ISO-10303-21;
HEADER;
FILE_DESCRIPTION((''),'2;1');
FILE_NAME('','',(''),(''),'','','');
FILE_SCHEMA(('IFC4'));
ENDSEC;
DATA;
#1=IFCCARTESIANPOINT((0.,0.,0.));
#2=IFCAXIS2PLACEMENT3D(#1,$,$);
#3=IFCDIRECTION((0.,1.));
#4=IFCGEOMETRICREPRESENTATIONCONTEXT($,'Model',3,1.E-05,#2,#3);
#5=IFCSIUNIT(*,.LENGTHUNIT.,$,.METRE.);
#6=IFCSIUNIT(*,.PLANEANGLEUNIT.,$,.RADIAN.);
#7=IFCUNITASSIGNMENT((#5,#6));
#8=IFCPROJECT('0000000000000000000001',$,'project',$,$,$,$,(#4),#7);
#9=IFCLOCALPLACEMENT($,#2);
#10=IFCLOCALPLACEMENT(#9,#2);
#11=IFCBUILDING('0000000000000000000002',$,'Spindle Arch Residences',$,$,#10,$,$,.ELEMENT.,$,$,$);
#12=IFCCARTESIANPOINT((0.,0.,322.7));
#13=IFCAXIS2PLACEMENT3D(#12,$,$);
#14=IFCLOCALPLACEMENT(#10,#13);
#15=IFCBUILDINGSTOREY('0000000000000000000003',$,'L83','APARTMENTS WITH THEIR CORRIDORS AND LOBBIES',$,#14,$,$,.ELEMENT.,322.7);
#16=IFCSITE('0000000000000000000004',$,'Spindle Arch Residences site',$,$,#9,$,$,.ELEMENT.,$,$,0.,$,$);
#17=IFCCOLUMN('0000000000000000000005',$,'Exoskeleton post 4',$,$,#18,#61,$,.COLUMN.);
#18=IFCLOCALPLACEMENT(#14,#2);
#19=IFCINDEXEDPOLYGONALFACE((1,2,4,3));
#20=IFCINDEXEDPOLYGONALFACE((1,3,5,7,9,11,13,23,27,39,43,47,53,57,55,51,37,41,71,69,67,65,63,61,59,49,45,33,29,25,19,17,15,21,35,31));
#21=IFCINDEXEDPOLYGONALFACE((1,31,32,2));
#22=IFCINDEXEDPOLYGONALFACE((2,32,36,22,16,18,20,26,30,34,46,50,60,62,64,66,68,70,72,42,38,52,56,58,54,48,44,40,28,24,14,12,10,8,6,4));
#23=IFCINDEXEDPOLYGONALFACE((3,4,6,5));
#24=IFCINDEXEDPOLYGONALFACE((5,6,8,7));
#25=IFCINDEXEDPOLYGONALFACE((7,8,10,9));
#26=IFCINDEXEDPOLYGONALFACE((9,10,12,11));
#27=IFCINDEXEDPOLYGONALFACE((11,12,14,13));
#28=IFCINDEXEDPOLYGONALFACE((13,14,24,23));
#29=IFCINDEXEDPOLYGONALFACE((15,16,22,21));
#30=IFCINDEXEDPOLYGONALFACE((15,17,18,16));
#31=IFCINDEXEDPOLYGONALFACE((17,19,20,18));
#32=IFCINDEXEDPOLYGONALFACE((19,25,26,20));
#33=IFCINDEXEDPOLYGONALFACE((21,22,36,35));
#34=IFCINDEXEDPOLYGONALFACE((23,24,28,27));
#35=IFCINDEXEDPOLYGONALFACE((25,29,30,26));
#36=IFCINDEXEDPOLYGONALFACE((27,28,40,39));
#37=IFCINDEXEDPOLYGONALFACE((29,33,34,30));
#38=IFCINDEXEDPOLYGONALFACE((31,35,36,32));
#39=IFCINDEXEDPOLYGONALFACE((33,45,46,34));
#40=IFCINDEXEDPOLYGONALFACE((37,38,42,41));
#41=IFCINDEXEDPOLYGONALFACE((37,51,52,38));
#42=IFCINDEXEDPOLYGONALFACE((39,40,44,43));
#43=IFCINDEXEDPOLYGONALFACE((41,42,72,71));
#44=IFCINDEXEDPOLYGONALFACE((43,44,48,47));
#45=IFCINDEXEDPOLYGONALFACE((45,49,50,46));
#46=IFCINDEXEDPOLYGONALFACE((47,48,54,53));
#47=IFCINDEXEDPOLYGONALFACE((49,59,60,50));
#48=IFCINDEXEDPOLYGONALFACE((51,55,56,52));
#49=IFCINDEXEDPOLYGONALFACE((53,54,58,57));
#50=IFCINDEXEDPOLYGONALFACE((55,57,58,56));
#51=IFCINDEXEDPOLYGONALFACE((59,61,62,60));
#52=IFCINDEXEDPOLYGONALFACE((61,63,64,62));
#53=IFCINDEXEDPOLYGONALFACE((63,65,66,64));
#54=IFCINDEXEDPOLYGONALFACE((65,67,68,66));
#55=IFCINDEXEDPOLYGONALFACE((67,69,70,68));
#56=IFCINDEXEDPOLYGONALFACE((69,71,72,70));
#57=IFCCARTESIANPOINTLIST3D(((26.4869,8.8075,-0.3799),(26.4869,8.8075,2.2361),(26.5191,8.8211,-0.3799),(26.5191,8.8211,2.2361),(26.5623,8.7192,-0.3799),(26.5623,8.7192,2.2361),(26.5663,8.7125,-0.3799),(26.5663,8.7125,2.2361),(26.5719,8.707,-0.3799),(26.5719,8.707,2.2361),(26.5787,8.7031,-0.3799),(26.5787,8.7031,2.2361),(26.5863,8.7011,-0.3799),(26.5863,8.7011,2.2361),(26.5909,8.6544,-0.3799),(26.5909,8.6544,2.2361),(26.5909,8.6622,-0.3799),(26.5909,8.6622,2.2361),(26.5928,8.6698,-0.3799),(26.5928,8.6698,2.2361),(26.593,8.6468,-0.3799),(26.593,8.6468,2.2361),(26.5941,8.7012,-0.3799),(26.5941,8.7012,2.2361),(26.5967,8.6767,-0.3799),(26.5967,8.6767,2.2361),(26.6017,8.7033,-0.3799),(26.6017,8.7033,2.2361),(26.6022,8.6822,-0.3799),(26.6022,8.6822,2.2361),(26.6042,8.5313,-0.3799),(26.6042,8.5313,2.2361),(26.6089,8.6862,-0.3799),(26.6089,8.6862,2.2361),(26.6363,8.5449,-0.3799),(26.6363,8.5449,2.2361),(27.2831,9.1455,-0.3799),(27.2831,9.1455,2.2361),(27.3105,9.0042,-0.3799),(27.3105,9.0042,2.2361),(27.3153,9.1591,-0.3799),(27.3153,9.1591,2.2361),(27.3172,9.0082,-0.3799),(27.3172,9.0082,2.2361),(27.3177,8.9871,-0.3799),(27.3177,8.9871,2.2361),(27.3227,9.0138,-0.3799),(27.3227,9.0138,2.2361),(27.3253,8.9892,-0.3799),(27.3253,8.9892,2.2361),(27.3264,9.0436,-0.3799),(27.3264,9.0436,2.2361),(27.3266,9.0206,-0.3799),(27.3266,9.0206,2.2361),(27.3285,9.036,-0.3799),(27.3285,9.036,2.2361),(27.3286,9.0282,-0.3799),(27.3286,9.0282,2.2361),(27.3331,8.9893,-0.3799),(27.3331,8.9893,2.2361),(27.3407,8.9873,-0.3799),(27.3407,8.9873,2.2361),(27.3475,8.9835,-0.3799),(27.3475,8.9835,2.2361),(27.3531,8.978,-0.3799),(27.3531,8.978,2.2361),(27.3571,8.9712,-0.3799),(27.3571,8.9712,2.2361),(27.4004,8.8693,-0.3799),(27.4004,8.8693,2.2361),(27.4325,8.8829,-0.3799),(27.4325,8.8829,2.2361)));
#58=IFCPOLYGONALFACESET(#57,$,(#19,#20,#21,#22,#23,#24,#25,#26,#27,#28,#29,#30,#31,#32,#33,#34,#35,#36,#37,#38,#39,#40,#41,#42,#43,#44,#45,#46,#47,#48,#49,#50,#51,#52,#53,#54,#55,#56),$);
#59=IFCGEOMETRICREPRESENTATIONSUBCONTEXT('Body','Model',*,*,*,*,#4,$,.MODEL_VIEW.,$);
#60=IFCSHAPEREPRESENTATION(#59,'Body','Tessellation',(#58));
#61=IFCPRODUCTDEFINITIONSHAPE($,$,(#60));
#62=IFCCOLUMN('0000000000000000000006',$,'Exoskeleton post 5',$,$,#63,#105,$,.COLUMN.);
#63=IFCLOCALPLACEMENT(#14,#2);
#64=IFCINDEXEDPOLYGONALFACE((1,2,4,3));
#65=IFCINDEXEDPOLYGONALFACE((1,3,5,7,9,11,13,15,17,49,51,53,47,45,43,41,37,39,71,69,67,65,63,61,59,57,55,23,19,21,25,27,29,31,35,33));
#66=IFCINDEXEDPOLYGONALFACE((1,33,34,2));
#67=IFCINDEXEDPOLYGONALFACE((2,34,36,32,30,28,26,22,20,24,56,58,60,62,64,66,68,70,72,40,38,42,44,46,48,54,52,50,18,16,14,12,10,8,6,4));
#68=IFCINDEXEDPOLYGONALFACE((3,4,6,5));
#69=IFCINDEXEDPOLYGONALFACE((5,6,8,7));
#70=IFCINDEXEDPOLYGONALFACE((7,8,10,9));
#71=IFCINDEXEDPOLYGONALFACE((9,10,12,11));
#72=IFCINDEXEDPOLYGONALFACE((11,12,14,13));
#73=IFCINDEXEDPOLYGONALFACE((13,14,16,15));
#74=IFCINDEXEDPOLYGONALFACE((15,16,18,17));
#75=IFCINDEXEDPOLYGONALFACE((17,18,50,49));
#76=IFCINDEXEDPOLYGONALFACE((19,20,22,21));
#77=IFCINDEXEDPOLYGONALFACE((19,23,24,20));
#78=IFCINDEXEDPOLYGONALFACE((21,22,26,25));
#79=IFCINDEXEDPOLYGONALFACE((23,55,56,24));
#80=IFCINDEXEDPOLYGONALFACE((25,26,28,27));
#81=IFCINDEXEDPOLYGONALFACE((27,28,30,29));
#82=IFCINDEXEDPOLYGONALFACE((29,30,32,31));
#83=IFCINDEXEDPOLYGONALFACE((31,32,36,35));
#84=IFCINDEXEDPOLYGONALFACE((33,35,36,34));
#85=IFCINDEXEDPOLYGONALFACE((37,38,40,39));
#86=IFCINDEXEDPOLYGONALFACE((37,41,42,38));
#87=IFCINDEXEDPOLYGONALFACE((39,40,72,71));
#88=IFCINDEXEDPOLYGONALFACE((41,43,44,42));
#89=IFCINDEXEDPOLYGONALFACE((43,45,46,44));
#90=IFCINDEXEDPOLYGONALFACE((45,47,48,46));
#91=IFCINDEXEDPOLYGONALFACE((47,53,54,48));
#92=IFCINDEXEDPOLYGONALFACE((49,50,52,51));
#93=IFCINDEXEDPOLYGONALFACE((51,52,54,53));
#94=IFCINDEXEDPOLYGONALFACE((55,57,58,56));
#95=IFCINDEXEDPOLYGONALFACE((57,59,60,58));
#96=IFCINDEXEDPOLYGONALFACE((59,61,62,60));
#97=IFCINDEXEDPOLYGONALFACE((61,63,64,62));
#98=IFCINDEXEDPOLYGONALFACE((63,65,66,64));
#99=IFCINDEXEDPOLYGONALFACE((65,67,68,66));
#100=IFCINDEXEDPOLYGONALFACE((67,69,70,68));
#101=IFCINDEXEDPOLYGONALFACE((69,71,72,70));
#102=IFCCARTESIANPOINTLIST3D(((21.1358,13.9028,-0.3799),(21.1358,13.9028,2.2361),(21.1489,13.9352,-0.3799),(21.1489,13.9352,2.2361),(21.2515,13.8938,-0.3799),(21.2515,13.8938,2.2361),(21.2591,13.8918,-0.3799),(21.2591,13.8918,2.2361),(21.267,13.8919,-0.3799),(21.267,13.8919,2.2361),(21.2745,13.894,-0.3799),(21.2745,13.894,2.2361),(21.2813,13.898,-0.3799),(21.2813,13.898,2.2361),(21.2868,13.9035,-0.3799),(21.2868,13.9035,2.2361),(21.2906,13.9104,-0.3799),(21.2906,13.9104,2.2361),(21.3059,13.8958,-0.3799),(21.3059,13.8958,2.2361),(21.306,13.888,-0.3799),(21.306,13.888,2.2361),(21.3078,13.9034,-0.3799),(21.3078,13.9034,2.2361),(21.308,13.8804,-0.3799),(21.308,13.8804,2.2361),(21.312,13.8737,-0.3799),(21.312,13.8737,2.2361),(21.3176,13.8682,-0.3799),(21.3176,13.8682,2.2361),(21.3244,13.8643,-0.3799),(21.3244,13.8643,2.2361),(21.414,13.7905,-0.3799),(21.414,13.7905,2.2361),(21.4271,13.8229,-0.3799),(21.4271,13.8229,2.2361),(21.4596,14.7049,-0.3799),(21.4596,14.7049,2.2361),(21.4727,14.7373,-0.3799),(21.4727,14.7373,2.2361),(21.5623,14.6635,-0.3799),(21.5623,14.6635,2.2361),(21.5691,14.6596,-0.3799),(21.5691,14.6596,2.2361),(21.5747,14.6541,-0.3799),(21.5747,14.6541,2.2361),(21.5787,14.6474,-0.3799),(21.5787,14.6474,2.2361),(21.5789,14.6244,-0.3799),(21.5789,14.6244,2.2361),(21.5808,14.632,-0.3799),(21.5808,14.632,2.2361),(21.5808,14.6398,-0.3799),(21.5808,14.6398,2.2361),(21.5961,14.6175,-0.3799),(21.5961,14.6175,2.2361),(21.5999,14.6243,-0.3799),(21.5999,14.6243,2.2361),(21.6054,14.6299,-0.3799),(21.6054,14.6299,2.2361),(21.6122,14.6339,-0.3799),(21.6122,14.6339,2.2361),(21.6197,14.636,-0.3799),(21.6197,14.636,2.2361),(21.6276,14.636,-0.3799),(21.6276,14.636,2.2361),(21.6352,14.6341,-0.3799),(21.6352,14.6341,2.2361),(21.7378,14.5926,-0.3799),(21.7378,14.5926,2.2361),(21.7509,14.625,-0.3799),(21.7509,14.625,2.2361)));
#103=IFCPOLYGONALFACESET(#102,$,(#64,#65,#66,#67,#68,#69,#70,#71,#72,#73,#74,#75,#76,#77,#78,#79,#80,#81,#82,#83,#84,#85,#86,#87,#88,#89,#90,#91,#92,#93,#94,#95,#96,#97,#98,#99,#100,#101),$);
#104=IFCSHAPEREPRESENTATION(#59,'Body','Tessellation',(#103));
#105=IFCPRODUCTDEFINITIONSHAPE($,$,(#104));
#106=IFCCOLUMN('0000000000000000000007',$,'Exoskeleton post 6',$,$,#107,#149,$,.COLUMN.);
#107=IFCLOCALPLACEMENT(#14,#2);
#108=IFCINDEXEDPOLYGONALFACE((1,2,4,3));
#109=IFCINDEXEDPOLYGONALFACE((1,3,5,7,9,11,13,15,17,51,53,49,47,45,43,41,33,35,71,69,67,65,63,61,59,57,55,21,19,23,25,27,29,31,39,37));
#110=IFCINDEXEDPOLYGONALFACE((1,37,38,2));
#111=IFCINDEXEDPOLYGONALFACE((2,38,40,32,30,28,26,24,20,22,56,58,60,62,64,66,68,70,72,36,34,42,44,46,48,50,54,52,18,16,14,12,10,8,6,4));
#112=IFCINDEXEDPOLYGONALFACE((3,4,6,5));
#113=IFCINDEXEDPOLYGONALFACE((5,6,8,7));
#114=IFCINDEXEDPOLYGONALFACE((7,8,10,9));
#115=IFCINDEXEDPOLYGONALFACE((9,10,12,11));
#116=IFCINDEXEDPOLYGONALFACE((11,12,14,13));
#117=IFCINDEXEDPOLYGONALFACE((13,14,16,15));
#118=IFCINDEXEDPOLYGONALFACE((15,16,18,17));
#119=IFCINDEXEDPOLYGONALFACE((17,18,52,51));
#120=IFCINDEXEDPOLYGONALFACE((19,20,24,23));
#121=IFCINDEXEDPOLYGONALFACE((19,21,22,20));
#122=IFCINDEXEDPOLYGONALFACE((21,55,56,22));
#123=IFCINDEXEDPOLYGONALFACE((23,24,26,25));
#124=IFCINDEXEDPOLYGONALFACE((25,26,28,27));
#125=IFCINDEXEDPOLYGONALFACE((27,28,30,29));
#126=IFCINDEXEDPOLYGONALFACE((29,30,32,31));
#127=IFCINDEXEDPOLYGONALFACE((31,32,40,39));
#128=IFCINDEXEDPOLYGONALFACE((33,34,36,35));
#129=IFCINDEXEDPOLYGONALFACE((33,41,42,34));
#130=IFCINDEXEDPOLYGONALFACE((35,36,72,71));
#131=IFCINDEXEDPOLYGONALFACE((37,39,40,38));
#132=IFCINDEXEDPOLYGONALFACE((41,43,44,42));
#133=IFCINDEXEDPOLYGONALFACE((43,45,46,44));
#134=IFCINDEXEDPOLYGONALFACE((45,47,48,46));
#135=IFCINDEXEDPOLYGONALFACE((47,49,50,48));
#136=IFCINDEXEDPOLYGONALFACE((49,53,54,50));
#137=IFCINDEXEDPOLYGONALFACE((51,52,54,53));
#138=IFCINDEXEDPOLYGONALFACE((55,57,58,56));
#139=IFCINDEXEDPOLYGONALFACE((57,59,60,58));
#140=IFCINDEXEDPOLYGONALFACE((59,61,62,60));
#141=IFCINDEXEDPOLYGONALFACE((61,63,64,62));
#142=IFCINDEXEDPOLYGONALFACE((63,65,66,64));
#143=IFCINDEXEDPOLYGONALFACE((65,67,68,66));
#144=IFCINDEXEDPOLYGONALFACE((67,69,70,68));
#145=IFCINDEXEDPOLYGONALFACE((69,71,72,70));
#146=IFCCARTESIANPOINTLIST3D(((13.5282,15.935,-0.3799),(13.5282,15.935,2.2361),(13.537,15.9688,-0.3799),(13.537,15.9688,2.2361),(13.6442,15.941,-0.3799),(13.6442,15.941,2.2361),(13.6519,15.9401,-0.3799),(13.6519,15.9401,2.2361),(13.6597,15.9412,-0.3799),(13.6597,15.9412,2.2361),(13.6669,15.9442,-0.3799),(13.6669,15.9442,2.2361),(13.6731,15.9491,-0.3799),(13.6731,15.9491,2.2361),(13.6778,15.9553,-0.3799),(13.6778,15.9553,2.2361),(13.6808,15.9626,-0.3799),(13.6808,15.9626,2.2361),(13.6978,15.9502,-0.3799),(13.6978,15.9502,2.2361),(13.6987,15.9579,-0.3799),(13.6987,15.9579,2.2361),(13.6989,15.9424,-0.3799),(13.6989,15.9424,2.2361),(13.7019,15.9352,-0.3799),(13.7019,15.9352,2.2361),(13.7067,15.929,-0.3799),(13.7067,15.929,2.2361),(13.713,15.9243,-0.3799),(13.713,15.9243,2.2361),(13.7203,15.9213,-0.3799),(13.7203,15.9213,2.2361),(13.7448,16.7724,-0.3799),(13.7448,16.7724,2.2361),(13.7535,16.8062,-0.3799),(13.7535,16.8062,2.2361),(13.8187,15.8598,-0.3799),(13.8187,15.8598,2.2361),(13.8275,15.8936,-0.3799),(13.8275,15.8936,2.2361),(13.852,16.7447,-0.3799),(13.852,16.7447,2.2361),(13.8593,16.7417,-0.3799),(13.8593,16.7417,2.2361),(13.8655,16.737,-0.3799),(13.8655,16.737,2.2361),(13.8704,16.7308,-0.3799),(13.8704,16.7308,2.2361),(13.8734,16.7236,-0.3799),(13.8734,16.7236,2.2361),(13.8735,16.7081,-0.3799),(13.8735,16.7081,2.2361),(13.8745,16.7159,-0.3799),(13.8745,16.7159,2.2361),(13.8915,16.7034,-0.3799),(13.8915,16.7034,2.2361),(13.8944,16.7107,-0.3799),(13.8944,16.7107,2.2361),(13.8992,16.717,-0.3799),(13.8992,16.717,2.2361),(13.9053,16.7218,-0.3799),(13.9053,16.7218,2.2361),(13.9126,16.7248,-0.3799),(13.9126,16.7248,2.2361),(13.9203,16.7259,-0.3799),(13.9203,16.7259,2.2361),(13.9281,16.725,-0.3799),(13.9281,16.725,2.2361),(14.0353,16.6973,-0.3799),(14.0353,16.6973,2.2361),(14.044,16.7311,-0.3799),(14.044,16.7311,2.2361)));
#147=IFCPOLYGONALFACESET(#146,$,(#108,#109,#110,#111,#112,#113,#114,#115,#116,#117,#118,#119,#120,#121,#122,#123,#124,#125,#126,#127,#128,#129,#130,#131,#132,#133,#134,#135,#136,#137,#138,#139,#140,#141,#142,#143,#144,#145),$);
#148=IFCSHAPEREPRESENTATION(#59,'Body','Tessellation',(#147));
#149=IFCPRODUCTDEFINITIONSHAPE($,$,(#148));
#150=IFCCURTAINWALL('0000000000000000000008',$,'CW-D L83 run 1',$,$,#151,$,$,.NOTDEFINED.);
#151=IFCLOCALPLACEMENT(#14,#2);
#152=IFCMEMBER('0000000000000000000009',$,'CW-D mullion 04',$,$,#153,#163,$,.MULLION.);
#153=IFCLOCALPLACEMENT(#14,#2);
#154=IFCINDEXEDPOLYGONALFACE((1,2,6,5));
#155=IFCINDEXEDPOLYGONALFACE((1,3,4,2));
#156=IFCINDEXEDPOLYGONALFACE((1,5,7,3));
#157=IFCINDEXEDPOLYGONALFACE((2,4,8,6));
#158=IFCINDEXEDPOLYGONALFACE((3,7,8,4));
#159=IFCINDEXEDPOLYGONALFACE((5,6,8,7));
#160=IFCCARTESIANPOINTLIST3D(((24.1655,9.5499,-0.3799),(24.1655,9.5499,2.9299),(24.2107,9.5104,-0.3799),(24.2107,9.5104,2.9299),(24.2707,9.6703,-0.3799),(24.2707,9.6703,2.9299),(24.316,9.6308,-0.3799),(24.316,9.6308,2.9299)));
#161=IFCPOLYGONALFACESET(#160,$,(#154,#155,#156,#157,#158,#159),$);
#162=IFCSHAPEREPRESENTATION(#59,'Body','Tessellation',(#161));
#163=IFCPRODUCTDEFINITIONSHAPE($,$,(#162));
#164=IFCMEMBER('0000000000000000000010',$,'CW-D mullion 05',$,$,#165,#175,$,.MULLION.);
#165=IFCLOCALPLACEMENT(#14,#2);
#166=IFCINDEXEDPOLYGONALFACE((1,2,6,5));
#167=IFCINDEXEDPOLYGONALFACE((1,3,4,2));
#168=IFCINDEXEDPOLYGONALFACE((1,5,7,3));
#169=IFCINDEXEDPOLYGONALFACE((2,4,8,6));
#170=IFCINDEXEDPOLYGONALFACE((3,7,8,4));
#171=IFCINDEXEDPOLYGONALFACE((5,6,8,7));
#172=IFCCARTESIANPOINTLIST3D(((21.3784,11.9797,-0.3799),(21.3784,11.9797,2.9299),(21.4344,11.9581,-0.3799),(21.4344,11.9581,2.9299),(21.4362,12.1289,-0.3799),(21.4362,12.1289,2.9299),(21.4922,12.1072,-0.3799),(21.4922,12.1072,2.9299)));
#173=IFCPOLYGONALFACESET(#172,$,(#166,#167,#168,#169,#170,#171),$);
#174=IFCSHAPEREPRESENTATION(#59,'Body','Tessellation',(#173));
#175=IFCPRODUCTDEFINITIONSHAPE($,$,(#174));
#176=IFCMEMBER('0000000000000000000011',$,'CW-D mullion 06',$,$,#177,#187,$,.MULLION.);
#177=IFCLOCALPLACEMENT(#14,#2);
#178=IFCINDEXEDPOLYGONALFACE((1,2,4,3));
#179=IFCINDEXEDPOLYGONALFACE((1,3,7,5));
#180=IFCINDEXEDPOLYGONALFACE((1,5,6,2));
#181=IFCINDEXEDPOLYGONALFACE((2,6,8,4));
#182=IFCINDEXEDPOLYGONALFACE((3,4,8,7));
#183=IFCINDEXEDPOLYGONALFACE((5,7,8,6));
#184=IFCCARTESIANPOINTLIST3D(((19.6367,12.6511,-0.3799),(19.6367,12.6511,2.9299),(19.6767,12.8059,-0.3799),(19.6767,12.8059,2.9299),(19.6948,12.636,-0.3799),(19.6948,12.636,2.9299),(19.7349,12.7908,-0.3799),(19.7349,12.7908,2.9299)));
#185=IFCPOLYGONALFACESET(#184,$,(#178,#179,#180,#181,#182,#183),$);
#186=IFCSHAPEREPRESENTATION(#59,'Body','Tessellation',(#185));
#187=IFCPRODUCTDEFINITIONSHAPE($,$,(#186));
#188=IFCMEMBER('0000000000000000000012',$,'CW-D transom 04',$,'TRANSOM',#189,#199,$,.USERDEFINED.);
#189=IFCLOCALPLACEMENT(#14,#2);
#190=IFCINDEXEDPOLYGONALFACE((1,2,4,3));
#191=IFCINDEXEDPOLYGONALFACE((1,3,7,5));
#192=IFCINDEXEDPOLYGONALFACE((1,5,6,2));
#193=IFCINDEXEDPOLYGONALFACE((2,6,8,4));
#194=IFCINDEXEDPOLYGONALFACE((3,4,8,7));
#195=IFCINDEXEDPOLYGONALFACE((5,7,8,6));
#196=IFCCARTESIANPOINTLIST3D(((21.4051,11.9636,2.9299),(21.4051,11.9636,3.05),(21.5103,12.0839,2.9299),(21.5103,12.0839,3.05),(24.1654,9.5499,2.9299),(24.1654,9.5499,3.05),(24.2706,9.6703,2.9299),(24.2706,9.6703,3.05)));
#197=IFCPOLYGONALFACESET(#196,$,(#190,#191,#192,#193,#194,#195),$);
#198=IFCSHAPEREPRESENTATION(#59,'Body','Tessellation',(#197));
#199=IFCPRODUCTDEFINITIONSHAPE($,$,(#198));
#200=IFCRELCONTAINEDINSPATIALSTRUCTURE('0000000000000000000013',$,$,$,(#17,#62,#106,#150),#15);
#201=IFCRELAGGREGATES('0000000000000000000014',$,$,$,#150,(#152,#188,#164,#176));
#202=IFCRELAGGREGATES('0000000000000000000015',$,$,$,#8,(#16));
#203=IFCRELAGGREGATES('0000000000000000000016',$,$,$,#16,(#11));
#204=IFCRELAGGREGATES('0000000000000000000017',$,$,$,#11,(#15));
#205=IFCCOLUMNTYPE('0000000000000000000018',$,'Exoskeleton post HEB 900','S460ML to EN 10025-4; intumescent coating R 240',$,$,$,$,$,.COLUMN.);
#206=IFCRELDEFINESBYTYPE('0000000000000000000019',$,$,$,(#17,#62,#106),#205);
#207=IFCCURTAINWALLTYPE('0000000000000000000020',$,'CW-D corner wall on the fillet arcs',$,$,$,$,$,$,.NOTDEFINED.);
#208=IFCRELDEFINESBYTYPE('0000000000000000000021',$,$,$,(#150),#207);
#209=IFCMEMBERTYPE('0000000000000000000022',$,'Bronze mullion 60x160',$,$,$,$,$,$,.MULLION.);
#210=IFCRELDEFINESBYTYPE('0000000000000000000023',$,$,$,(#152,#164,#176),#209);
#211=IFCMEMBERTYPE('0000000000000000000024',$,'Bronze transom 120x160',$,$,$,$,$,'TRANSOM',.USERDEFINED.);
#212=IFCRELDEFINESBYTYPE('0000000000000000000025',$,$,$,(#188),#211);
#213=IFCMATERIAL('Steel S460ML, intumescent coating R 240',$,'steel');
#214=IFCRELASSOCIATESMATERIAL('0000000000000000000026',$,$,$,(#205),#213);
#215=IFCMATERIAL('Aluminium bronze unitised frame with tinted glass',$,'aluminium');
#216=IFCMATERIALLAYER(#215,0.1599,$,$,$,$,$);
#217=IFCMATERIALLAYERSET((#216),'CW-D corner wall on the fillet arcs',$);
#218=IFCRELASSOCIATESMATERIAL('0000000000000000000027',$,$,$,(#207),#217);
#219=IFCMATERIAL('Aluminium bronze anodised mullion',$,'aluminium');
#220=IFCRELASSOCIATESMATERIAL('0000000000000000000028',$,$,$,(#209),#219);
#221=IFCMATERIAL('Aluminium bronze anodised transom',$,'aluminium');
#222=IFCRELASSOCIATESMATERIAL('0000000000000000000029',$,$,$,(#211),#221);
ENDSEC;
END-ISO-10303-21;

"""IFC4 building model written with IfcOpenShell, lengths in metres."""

from ifc_helpers import new_model, si_unit, direction, frame, origin, origin_2d, place, context, subcontext, project, spatial, rectangle, i_section, extrude, material, layer, layer_set, material_profile, profile_set, type_object, element, aggregate, save


model = new_model("IFC4")

# Units and contexts
model_context = context("Model", 3, precision=1e-05, world=origin(), true_north=direction((0.0, 1.0)))
body_context = subcontext(model_context, "Body", "Model", "MODEL_VIEW")
ifc_project = project(units=[si_unit("LENGTHUNIT", "METRE"), si_unit("PLANEANGLEUNIT", "RADIAN")], contexts=[model_context])

# Site, building, storey
site_placement = place(None, origin())
site = spatial("IfcSite", under=ifc_project, at=site_placement, Name="Spindle Arch Residences site", CompositionType="ELEMENT", RefElevation=0.0)
building_placement = place(site_placement, origin())
building = spatial("IfcBuilding", under=site, at=building_placement, Name="Spindle Arch Residences", CompositionType="ELEMENT")
storey_placement = place(building_placement, frame((0.0, 0.0, 322.7)))
storey = spatial("IfcBuildingStorey", under=building, at=storey_placement, Name="L83", Description="APARTMENTS WITH THEIR CORRIDORS AND LOBBIES", CompositionType="ELEMENT", Elevation=322.7)

# Columns
ifc_material_1 = material(Name="Steel S460ML, intumescent coating R 240", Category="steel")
ifc_material_profile_1 = material_profile(ifc_material_1, i_section(OverallWidth=0.3, OverallDepth=0.8999, WebThickness=0.0186, FlangeThickness=0.0349, FilletRadius=0.03, at=origin_2d()), Name="HEB 900")
ifc_profile_set_1 = profile_set([ifc_material_profile_1], Name="Steel S460ML, intumescent coating R 240")
column_type = type_object("IfcColumnType", Name="Exoskeleton post HEB 900", Description="S460ML to EN 10025-4; intumescent coating R 240", PredefinedType="COLUMN", material=ifc_profile_set_1)
for number, where, z_axis, x_axis, name in (
    (1, (26.9597, 8.8452, -0.3799), (0.0, 0.0, 1.0), (0.39077, -0.920488, 0.0), "Exoskeleton post 4"),
    (2, (21.4434, 14.2639, -0.3799), (0.0, 0.0, 1.0), (0.927295, -0.374332, 0.0), "Exoskeleton post 5"),
    (3, (13.7861, 16.333, -0.3799), (0.0, 0.0, 1.0), (0.968148, -0.25038, 0.0), "Exoskeleton post 6"),
):
    element("IfcColumn", number, at=place(storey_placement, frame(where, z_axis=z_axis, x_axis=x_axis)), inside=storey, type_object=column_type, Name=name, PredefinedType="COLUMN", context=body_context, shape_type="SweptSolid", body=[
        extrude(i_section(OverallWidth=0.3, OverallDepth=0.8999, WebThickness=0.0186, FlangeThickness=0.0349, FilletRadius=0.03, at=origin_2d()), origin(), (0.0, 0.0, 1.0), 2.616),
    ])

# Curtain wall, members
ifc_material_2 = material(Name="Aluminium bronze unitised frame with tinted glass", Category="aluminium")
ifc_layer_1 = layer(ifc_material_2, 0.1599)
ifc_layer_set_1 = layer_set([ifc_layer_1], Name="CW-D corner wall on the fillet arcs")
curtain_wall_type = type_object("IfcCurtainWallType", Name="CW-D corner wall on the fillet arcs", PredefinedType="NOTDEFINED", material=ifc_layer_set_1)
curtain_wall_placement = place(storey_placement, origin())
curtain_wall = element("IfcCurtainWall", 4, at=curtain_wall_placement, inside=storey, type_object=curtain_wall_type, Name="CW-D L83 run 1", PredefinedType="NOTDEFINED")
ifc_material_3 = material(Name="Aluminium bronze anodised mullion", Category="aluminium")
ifc_material_profile_2 = material_profile(ifc_material_3, rectangle(XDim=0.1599, YDim=0.0601, at=origin_2d()), Name="MU 60x160")
ifc_profile_set_2 = profile_set([ifc_material_profile_2], Name="Aluminium bronze anodised mullion")
member_type_1 = type_object("IfcMemberType", Name="Bronze mullion 60x160", PredefinedType="MULLION", material=ifc_profile_set_2)
member_1_placement = place(storey_placement, frame((24.2407, 9.5903, -0.3799), z_axis=(0.0, 0.0, 1.0), x_axis=(-0.658252, -0.752798, 0.0)))
member_1 = element("IfcMember", 5, at=member_1_placement, type_object=member_type_1, Name="CW-D mullion 04", PredefinedType="MULLION", context=body_context, shape_type="SweptSolid", body=[
    extrude(rectangle(XDim=0.1599, YDim=0.0601, at=origin_2d()), origin(), (0.0, 0.0, 1.0), 3.3098),
])
member_2_placement = place(storey_placement, frame((21.4353, 12.0435, -0.3799), z_axis=(0.0, 0.0, 1.0), x_axis=(-0.361082, -0.932534, 0.0)))
member_2 = element("IfcMember", 6, at=member_2_placement, type_object=member_type_1, Name="CW-D mullion 05", PredefinedType="MULLION", context=body_context, shape_type="SweptSolid", body=[
    extrude(rectangle(XDim=0.1599, YDim=0.0601, at=origin_2d()), origin(), (0.0, 0.0, 1.0), 3.3098),
])
member_3_placement = place(storey_placement, frame((19.6858, 12.7209, -0.3799), z_axis=(0.0, 0.0, 1.0), x_axis=(-0.25038, -0.968148, 0.0)))
member_3 = element("IfcMember", 7, at=member_3_placement, type_object=member_type_1, Name="CW-D mullion 06", PredefinedType="MULLION", context=body_context, shape_type="SweptSolid", body=[
    extrude(rectangle(XDim=0.1599, YDim=0.0601, at=origin_2d()), origin(), (0.0, 0.0, 1.0), 3.3098),
])
ifc_material_4 = material(Name="Aluminium bronze anodised transom", Category="aluminium")
ifc_material_profile_3 = material_profile(ifc_material_4, rectangle(XDim=0.1599, YDim=0.1201, at=origin_2d()), Name="TR 120x160")
ifc_profile_set_3 = profile_set([ifc_material_profile_3], Name="Aluminium bronze anodised transom")
member_type_2 = type_object("IfcMemberType", Name="Bronze transom 120x160", ElementType="TRANSOM", PredefinedType="USERDEFINED", material=ifc_profile_set_3)
member_4_placement = place(storey_placement, frame((24.218, 9.6101, 2.99), z_axis=(-0.752799, 0.65825, 0.0), x_axis=(-0.65825, -0.752799, 0.0)))
member_4 = element("IfcMember", 8, at=member_4_placement, type_object=member_type_2, Name="CW-D transom 04", ObjectType="TRANSOM", PredefinedType="USERDEFINED", context=body_context, shape_type="SweptSolid", body=[
    extrude(rectangle(XDim=0.1599, YDim=0.1201, at=origin_2d()), origin(), (0.0, 0.0, 1.0), 3.6667),
])

aggregate(curtain_wall, [member_1, member_4, member_2, member_3])

save(model, "model.ifc")
